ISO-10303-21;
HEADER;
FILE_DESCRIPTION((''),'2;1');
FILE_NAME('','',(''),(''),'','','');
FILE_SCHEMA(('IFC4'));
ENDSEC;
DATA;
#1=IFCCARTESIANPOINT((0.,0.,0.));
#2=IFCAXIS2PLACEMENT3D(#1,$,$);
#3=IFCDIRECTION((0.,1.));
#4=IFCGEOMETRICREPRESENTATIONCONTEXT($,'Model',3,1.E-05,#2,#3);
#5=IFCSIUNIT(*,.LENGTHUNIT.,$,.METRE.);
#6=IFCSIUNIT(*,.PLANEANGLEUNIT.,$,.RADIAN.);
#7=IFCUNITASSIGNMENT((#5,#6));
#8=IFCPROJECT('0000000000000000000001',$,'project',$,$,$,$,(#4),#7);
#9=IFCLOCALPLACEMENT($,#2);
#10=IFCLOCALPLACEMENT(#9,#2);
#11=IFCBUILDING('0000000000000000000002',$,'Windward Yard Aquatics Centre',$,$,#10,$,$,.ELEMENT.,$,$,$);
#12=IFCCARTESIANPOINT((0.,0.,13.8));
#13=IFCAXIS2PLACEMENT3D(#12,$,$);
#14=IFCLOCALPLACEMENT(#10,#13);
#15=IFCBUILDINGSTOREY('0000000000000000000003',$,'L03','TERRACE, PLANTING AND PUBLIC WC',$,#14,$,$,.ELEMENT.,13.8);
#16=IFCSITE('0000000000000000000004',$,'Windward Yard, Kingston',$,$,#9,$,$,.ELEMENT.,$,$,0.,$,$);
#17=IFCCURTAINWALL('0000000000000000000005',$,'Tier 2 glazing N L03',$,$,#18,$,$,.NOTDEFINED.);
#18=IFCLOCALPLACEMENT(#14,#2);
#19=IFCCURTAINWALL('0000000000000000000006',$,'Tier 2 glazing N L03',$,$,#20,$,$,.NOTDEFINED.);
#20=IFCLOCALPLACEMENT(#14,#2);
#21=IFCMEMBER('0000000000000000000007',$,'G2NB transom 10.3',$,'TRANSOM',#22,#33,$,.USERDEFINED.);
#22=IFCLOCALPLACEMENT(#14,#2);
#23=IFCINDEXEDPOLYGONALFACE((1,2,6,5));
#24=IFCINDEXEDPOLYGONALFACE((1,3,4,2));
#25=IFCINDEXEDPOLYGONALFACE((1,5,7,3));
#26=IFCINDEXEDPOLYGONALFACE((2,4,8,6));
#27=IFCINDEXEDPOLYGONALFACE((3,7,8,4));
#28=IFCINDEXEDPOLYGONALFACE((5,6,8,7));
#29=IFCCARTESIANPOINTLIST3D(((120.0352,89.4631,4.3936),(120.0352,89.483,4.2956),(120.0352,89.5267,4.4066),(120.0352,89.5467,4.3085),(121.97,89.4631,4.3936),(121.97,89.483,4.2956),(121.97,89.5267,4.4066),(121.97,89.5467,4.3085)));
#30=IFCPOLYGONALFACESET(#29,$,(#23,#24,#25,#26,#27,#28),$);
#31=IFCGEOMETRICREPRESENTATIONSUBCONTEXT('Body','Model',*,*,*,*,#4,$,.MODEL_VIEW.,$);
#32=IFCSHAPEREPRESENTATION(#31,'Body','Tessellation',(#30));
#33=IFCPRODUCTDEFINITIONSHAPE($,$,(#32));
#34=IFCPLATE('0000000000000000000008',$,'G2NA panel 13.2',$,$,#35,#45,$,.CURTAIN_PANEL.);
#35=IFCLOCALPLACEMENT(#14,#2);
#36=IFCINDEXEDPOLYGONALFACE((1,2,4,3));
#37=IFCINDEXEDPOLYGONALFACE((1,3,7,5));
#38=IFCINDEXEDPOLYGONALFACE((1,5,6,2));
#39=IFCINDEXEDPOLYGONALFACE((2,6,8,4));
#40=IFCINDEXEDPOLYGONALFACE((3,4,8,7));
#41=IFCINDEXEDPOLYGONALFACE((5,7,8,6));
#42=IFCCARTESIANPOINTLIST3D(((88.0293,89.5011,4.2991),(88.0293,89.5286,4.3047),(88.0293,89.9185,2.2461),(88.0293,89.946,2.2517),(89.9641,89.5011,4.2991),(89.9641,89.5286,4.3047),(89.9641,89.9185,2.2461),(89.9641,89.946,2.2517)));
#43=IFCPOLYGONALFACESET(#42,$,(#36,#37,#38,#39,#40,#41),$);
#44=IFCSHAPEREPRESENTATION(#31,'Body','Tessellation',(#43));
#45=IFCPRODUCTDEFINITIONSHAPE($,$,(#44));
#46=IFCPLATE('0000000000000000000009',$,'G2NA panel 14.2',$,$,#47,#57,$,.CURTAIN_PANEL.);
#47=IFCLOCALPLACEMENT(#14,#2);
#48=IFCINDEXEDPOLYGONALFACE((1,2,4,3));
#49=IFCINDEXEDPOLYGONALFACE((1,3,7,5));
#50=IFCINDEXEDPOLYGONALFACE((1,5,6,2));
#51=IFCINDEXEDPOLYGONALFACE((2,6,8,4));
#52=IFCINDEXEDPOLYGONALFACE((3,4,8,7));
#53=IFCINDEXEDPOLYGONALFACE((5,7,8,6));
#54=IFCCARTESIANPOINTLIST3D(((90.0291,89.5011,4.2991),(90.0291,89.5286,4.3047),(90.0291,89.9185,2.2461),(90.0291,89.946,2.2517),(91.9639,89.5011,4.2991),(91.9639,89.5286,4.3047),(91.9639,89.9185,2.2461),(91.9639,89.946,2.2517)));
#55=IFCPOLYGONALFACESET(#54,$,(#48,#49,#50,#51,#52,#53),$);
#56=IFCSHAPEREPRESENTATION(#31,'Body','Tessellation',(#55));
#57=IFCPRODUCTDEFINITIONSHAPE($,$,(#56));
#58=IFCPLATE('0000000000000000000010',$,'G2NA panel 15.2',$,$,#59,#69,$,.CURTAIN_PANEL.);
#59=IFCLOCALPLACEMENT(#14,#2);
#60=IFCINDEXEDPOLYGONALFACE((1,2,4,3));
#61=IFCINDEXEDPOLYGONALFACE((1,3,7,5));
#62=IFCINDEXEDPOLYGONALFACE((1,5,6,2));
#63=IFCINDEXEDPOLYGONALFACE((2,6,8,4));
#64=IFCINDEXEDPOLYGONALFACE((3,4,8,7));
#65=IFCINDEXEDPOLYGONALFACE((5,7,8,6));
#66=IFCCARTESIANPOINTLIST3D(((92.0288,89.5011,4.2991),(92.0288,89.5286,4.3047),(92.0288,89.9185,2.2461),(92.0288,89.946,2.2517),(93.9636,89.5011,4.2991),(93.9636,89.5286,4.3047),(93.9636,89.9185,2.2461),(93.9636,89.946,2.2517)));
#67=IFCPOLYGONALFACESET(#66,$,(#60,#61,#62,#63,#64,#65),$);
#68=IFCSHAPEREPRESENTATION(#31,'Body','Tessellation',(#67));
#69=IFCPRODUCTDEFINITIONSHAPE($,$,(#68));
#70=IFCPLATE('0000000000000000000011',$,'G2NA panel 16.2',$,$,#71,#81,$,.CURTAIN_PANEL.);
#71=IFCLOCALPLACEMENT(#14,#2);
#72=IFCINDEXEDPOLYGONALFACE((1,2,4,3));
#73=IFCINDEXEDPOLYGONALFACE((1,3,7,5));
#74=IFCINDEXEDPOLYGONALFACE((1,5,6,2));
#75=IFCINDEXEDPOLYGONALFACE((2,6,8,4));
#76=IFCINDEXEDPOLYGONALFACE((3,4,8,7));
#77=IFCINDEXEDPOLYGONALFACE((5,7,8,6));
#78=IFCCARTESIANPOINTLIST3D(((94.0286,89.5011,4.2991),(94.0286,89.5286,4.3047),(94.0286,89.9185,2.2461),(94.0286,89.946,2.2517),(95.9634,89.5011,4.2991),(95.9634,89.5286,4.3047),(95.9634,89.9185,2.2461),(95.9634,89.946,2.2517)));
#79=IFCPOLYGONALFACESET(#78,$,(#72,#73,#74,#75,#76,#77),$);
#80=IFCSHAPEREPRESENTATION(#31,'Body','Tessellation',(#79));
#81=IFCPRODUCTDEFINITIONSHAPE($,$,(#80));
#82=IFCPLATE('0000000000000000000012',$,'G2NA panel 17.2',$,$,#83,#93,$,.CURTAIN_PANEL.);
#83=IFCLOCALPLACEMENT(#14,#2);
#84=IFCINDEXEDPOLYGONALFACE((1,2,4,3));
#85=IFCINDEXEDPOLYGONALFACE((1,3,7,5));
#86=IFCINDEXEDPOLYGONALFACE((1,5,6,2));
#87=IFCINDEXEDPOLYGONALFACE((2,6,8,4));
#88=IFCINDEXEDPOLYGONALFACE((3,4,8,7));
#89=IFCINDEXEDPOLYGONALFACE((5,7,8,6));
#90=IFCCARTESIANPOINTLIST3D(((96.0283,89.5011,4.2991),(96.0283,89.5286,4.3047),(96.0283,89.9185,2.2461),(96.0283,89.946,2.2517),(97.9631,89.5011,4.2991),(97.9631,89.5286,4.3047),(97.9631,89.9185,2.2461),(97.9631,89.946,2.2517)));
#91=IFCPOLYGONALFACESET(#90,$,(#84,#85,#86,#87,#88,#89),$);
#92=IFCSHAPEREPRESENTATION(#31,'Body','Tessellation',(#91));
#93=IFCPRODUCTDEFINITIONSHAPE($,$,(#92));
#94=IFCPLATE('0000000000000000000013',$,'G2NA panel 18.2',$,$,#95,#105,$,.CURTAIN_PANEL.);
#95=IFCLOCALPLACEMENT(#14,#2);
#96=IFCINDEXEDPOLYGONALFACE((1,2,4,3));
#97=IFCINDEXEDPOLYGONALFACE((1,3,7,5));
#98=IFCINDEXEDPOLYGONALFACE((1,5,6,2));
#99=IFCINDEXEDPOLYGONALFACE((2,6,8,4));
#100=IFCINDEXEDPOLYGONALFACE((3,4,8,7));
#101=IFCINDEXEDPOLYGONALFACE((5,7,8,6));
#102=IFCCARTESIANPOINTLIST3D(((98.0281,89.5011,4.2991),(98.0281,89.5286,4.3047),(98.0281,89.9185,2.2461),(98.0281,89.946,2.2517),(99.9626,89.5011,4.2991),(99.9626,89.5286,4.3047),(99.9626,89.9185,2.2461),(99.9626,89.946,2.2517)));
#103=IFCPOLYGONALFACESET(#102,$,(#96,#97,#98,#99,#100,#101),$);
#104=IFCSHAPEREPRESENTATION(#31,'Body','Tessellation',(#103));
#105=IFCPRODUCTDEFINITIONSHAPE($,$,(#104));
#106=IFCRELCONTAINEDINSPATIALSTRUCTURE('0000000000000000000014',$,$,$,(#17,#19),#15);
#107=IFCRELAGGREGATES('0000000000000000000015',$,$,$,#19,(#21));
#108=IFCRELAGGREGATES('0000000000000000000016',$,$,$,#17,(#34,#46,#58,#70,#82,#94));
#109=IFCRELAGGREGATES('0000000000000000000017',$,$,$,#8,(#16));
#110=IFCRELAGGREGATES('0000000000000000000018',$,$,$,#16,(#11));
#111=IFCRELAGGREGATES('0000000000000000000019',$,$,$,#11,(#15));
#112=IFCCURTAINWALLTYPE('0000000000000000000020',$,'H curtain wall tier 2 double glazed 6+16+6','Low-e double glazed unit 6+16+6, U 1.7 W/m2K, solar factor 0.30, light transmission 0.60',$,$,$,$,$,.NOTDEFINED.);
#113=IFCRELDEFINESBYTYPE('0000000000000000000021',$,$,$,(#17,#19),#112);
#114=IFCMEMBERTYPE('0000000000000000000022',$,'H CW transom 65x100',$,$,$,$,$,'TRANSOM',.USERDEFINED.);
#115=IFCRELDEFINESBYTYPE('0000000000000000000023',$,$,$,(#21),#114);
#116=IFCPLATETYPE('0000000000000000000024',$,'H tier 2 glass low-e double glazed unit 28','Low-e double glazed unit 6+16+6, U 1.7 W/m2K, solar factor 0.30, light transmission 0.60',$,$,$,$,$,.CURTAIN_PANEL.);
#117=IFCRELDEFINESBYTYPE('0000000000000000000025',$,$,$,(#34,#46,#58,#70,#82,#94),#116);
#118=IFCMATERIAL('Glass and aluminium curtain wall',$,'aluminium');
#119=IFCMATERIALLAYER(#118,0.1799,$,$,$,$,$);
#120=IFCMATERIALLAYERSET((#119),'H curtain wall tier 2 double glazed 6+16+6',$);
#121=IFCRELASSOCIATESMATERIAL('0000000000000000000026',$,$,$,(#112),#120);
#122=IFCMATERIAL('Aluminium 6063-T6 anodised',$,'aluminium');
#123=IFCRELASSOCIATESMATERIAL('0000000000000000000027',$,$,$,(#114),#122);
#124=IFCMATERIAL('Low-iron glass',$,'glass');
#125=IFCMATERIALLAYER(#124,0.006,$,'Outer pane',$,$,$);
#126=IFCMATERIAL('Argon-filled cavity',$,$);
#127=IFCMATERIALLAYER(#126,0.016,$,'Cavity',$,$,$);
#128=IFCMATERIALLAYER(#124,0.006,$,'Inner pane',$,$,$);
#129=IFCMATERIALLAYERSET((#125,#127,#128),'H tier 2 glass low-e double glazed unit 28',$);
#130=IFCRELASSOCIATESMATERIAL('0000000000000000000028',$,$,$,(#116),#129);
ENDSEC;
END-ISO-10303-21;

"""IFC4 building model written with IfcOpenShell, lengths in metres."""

from ifc_helpers import new_model, si_unit, direction, frame, origin, origin_2d, place, context, subcontext, project, spatial, polyline, rectangle, outline, extrude, material, layer, layer_set, material_profile, profile_set, type_object, element, aggregate, save


model = new_model("IFC4")

# Units and contexts
model_context = context("Model", 3, precision=1e-05, world=origin(), true_north=direction((0.0, 1.0)))
body_context = subcontext(model_context, "Body", "Model", "MODEL_VIEW")
ifc_project = project(units=[si_unit("LENGTHUNIT", "METRE"), si_unit("PLANEANGLEUNIT", "RADIAN")], contexts=[model_context])

# Site, building, storey
site_placement = place(None, origin())
site = spatial("IfcSite", under=ifc_project, at=site_placement, Name="Windward Yard, Kingston", CompositionType="ELEMENT", RefElevation=0.0)
building_placement = place(site_placement, origin())
building = spatial("IfcBuilding", under=site, at=building_placement, Name="Windward Yard Aquatics Centre", CompositionType="ELEMENT")
storey_placement = place(building_placement, frame((0.0, 0.0, 13.8)))
storey = spatial("IfcBuildingStorey", under=building, at=storey_placement, Name="L03", Description="TERRACE, PLANTING AND PUBLIC WC", CompositionType="ELEMENT", Elevation=13.8)

# Curtain walls, member
ifc_material_1 = material(Name="Glass and aluminium curtain wall", Category="aluminium")
ifc_layer_1 = layer(ifc_material_1, 0.1799)
ifc_layer_set_1 = layer_set([ifc_layer_1], Name="H curtain wall tier 2 double glazed 6+16+6")
curtain_wall_type = type_object("IfcCurtainWallType", Name="H curtain wall tier 2 double glazed 6+16+6", Description="Low-e double glazed unit 6+16+6, U 1.7 W/m2K, solar factor 0.30, light transmission 0.60", PredefinedType="NOTDEFINED", material=ifc_layer_set_1)
curtain_wall_1_placement = place(storey_placement, origin())
curtain_wall_1 = element("IfcCurtainWall", 1, at=curtain_wall_1_placement, inside=storey, type_object=curtain_wall_type, Name="Tier 2 glazing N L03", PredefinedType="NOTDEFINED")
ifc_material_2 = material(Name="Aluminium 6063-T6 anodised", Category="aluminium")
ifc_material_profile_1 = material_profile(ifc_material_2, rectangle(XDim=0.0649, YDim=0.1001, at=origin_2d()), Name="H CW transom 65x100")
ifc_profile_set_1 = profile_set([ifc_material_profile_1], Name="Aluminium 6063-T6 anodised")
member_type = type_object("IfcMemberType", Name="H CW transom 65x100", ElementType="TRANSOM", PredefinedType="USERDEFINED", material=ifc_profile_set_1)
curtain_wall_2_placement = place(storey_placement, origin())
curtain_wall_2 = element("IfcCurtainWall", 2, at=curtain_wall_2_placement, inside=storey, type_object=curtain_wall_type, Name="Tier 2 glazing N L03", PredefinedType="NOTDEFINED")
member_1_placement = place(storey_placement, frame((120.0352, 89.5049, 4.3511), z_axis=(1.0, 0.0, 0.0), x_axis=(0.0, 0.979925, 0.199368)))
member_1 = element("IfcMember", 3, at=member_1_placement, type_object=member_type, Name="G2NB transom 10.3", ObjectType="TRANSOM", PredefinedType="USERDEFINED", context=body_context, shape_type="SweptSolid", body=[
    extrude(rectangle(XDim=0.0649, YDim=0.1001, at=origin_2d()), origin(), (0.0, 0.0, 1.0), 1.9348),
])
aggregate(curtain_wall_2, [member_1])

# Plates
ifc_material_3 = material(Name="Low-iron glass", Category="glass")
ifc_layer_2 = layer(ifc_material_3, 0.006, Name="Outer pane")
ifc_material_4 = material(Name="Argon-filled cavity")
ifc_layer_3 = layer(ifc_material_4, 0.016, Name="Cavity")
ifc_layer_4 = layer(ifc_material_3, 0.006, Name="Inner pane")
ifc_layer_set_2 = layer_set([ifc_layer_2, ifc_layer_3, ifc_layer_4], Name="H tier 2 glass low-e double glazed unit 28")
plate_type = type_object("IfcPlateType", Name="H tier 2 glass low-e double glazed unit 28", Description="Low-e double glazed unit 6+16+6, U 1.7 W/m2K, solar factor 0.30, light transmission 0.60", PredefinedType="CURTAIN_PANEL", material=ifc_layer_set_2)
plate_1_placement = place(storey_placement, frame((88.0293, 89.5286, 4.3047), z_axis=(0.0, 0.979944, 0.199275), x_axis=(0.0, 0.199275, -0.979944)))
plate_1 = element("IfcPlate", 4, at=plate_1_placement, type_object=plate_type, Name="G2NA panel 13.2", PredefinedType="CURTAIN_PANEL", context=body_context, shape_type="SweptSolid", body=[
    extrude(outline(polyline([(0.0, 0.0), (2.095, 0.0), (2.095, -1.9348), (0.0, -1.9348), (0.0, 0.0)])), origin(), (0.0, 0.0, -1.0), 0.0281),
])
plate_2_placement = place(storey_placement, frame((90.0291, 89.5286, 4.3047), z_axis=(0.0, 0.979944, 0.199275), x_axis=(0.0, 0.199275, -0.979944)))
plate_2 = element("IfcPlate", 5, at=plate_2_placement, type_object=plate_type, Name="G2NA panel 14.2", PredefinedType="CURTAIN_PANEL", context=body_context, shape_type="SweptSolid", body=[
    extrude(outline(polyline([(0.0, 0.0), (2.095, 0.0), (2.095, -1.9348), (0.0, -1.9348), (0.0, 0.0)])), origin(), (0.0, 0.0, -1.0), 0.0281),
])
plate_3_placement = place(storey_placement, frame((92.0288, 89.5286, 4.3047), z_axis=(0.0, 0.979944, 0.199275), x_axis=(0.0, 0.199275, -0.979944)))
plate_3 = element("IfcPlate", 6, at=plate_3_placement, type_object=plate_type, Name="G2NA panel 15.2", PredefinedType="CURTAIN_PANEL", context=body_context, shape_type="SweptSolid", body=[
    extrude(outline(polyline([(0.0, 0.0), (2.095, 0.0), (2.095, -1.9348), (0.0, -1.9348), (0.0, 0.0)])), origin(), (0.0, 0.0, -1.0), 0.0281),
])
plate_4_placement = place(storey_placement, frame((94.0286, 89.5286, 4.3047), z_axis=(0.0, 0.979944, 0.199275), x_axis=(0.0, 0.199275, -0.979944)))
plate_4 = element("IfcPlate", 7, at=plate_4_placement, type_object=plate_type, Name="G2NA panel 16.2", PredefinedType="CURTAIN_PANEL", context=body_context, shape_type="SweptSolid", body=[
    extrude(outline(polyline([(0.0, 0.0), (2.095, 0.0), (2.095, -1.9348), (0.0, -1.9348), (0.0, 0.0)])), origin(), (0.0, 0.0, -1.0), 0.0281),
])
plate_5_placement = place(storey_placement, frame((96.0283, 89.5286, 4.3047), z_axis=(0.0, 0.979944, 0.199275), x_axis=(0.0, 0.199275, -0.979944)))
plate_5 = element("IfcPlate", 8, at=plate_5_placement, type_object=plate_type, Name="G2NA panel 17.2", PredefinedType="CURTAIN_PANEL", context=body_context, shape_type="SweptSolid", body=[
    extrude(outline(polyline([(0.0, 0.0), (2.095, 0.0), (2.095, -1.9348), (0.0, -1.9348), (0.0, 0.0)])), origin(), (0.0, 0.0, -1.0), 0.0281),
])
plate_6_placement = place(storey_placement, frame((98.0281, 89.5286, 4.3047), z_axis=(0.0, 0.979944, 0.199275), x_axis=(0.0, 0.199275, -0.979944)))
plate_6 = element("IfcPlate", 9, at=plate_6_placement, type_object=plate_type, Name="G2NA panel 18.2", PredefinedType="CURTAIN_PANEL", context=body_context, shape_type="SweptSolid", body=[
    extrude(outline(polyline([(0.0, 0.0), (2.095, 0.0), (2.095, -1.9346), (0.0, -1.9346), (0.0, 0.0)])), origin(), (0.0, 0.0, -1.0), 0.0281),
])
aggregate(curtain_wall_1, [plate_1, plate_2, plate_3, plate_4, plate_5, plate_6])

save(model, "model.ifc")
